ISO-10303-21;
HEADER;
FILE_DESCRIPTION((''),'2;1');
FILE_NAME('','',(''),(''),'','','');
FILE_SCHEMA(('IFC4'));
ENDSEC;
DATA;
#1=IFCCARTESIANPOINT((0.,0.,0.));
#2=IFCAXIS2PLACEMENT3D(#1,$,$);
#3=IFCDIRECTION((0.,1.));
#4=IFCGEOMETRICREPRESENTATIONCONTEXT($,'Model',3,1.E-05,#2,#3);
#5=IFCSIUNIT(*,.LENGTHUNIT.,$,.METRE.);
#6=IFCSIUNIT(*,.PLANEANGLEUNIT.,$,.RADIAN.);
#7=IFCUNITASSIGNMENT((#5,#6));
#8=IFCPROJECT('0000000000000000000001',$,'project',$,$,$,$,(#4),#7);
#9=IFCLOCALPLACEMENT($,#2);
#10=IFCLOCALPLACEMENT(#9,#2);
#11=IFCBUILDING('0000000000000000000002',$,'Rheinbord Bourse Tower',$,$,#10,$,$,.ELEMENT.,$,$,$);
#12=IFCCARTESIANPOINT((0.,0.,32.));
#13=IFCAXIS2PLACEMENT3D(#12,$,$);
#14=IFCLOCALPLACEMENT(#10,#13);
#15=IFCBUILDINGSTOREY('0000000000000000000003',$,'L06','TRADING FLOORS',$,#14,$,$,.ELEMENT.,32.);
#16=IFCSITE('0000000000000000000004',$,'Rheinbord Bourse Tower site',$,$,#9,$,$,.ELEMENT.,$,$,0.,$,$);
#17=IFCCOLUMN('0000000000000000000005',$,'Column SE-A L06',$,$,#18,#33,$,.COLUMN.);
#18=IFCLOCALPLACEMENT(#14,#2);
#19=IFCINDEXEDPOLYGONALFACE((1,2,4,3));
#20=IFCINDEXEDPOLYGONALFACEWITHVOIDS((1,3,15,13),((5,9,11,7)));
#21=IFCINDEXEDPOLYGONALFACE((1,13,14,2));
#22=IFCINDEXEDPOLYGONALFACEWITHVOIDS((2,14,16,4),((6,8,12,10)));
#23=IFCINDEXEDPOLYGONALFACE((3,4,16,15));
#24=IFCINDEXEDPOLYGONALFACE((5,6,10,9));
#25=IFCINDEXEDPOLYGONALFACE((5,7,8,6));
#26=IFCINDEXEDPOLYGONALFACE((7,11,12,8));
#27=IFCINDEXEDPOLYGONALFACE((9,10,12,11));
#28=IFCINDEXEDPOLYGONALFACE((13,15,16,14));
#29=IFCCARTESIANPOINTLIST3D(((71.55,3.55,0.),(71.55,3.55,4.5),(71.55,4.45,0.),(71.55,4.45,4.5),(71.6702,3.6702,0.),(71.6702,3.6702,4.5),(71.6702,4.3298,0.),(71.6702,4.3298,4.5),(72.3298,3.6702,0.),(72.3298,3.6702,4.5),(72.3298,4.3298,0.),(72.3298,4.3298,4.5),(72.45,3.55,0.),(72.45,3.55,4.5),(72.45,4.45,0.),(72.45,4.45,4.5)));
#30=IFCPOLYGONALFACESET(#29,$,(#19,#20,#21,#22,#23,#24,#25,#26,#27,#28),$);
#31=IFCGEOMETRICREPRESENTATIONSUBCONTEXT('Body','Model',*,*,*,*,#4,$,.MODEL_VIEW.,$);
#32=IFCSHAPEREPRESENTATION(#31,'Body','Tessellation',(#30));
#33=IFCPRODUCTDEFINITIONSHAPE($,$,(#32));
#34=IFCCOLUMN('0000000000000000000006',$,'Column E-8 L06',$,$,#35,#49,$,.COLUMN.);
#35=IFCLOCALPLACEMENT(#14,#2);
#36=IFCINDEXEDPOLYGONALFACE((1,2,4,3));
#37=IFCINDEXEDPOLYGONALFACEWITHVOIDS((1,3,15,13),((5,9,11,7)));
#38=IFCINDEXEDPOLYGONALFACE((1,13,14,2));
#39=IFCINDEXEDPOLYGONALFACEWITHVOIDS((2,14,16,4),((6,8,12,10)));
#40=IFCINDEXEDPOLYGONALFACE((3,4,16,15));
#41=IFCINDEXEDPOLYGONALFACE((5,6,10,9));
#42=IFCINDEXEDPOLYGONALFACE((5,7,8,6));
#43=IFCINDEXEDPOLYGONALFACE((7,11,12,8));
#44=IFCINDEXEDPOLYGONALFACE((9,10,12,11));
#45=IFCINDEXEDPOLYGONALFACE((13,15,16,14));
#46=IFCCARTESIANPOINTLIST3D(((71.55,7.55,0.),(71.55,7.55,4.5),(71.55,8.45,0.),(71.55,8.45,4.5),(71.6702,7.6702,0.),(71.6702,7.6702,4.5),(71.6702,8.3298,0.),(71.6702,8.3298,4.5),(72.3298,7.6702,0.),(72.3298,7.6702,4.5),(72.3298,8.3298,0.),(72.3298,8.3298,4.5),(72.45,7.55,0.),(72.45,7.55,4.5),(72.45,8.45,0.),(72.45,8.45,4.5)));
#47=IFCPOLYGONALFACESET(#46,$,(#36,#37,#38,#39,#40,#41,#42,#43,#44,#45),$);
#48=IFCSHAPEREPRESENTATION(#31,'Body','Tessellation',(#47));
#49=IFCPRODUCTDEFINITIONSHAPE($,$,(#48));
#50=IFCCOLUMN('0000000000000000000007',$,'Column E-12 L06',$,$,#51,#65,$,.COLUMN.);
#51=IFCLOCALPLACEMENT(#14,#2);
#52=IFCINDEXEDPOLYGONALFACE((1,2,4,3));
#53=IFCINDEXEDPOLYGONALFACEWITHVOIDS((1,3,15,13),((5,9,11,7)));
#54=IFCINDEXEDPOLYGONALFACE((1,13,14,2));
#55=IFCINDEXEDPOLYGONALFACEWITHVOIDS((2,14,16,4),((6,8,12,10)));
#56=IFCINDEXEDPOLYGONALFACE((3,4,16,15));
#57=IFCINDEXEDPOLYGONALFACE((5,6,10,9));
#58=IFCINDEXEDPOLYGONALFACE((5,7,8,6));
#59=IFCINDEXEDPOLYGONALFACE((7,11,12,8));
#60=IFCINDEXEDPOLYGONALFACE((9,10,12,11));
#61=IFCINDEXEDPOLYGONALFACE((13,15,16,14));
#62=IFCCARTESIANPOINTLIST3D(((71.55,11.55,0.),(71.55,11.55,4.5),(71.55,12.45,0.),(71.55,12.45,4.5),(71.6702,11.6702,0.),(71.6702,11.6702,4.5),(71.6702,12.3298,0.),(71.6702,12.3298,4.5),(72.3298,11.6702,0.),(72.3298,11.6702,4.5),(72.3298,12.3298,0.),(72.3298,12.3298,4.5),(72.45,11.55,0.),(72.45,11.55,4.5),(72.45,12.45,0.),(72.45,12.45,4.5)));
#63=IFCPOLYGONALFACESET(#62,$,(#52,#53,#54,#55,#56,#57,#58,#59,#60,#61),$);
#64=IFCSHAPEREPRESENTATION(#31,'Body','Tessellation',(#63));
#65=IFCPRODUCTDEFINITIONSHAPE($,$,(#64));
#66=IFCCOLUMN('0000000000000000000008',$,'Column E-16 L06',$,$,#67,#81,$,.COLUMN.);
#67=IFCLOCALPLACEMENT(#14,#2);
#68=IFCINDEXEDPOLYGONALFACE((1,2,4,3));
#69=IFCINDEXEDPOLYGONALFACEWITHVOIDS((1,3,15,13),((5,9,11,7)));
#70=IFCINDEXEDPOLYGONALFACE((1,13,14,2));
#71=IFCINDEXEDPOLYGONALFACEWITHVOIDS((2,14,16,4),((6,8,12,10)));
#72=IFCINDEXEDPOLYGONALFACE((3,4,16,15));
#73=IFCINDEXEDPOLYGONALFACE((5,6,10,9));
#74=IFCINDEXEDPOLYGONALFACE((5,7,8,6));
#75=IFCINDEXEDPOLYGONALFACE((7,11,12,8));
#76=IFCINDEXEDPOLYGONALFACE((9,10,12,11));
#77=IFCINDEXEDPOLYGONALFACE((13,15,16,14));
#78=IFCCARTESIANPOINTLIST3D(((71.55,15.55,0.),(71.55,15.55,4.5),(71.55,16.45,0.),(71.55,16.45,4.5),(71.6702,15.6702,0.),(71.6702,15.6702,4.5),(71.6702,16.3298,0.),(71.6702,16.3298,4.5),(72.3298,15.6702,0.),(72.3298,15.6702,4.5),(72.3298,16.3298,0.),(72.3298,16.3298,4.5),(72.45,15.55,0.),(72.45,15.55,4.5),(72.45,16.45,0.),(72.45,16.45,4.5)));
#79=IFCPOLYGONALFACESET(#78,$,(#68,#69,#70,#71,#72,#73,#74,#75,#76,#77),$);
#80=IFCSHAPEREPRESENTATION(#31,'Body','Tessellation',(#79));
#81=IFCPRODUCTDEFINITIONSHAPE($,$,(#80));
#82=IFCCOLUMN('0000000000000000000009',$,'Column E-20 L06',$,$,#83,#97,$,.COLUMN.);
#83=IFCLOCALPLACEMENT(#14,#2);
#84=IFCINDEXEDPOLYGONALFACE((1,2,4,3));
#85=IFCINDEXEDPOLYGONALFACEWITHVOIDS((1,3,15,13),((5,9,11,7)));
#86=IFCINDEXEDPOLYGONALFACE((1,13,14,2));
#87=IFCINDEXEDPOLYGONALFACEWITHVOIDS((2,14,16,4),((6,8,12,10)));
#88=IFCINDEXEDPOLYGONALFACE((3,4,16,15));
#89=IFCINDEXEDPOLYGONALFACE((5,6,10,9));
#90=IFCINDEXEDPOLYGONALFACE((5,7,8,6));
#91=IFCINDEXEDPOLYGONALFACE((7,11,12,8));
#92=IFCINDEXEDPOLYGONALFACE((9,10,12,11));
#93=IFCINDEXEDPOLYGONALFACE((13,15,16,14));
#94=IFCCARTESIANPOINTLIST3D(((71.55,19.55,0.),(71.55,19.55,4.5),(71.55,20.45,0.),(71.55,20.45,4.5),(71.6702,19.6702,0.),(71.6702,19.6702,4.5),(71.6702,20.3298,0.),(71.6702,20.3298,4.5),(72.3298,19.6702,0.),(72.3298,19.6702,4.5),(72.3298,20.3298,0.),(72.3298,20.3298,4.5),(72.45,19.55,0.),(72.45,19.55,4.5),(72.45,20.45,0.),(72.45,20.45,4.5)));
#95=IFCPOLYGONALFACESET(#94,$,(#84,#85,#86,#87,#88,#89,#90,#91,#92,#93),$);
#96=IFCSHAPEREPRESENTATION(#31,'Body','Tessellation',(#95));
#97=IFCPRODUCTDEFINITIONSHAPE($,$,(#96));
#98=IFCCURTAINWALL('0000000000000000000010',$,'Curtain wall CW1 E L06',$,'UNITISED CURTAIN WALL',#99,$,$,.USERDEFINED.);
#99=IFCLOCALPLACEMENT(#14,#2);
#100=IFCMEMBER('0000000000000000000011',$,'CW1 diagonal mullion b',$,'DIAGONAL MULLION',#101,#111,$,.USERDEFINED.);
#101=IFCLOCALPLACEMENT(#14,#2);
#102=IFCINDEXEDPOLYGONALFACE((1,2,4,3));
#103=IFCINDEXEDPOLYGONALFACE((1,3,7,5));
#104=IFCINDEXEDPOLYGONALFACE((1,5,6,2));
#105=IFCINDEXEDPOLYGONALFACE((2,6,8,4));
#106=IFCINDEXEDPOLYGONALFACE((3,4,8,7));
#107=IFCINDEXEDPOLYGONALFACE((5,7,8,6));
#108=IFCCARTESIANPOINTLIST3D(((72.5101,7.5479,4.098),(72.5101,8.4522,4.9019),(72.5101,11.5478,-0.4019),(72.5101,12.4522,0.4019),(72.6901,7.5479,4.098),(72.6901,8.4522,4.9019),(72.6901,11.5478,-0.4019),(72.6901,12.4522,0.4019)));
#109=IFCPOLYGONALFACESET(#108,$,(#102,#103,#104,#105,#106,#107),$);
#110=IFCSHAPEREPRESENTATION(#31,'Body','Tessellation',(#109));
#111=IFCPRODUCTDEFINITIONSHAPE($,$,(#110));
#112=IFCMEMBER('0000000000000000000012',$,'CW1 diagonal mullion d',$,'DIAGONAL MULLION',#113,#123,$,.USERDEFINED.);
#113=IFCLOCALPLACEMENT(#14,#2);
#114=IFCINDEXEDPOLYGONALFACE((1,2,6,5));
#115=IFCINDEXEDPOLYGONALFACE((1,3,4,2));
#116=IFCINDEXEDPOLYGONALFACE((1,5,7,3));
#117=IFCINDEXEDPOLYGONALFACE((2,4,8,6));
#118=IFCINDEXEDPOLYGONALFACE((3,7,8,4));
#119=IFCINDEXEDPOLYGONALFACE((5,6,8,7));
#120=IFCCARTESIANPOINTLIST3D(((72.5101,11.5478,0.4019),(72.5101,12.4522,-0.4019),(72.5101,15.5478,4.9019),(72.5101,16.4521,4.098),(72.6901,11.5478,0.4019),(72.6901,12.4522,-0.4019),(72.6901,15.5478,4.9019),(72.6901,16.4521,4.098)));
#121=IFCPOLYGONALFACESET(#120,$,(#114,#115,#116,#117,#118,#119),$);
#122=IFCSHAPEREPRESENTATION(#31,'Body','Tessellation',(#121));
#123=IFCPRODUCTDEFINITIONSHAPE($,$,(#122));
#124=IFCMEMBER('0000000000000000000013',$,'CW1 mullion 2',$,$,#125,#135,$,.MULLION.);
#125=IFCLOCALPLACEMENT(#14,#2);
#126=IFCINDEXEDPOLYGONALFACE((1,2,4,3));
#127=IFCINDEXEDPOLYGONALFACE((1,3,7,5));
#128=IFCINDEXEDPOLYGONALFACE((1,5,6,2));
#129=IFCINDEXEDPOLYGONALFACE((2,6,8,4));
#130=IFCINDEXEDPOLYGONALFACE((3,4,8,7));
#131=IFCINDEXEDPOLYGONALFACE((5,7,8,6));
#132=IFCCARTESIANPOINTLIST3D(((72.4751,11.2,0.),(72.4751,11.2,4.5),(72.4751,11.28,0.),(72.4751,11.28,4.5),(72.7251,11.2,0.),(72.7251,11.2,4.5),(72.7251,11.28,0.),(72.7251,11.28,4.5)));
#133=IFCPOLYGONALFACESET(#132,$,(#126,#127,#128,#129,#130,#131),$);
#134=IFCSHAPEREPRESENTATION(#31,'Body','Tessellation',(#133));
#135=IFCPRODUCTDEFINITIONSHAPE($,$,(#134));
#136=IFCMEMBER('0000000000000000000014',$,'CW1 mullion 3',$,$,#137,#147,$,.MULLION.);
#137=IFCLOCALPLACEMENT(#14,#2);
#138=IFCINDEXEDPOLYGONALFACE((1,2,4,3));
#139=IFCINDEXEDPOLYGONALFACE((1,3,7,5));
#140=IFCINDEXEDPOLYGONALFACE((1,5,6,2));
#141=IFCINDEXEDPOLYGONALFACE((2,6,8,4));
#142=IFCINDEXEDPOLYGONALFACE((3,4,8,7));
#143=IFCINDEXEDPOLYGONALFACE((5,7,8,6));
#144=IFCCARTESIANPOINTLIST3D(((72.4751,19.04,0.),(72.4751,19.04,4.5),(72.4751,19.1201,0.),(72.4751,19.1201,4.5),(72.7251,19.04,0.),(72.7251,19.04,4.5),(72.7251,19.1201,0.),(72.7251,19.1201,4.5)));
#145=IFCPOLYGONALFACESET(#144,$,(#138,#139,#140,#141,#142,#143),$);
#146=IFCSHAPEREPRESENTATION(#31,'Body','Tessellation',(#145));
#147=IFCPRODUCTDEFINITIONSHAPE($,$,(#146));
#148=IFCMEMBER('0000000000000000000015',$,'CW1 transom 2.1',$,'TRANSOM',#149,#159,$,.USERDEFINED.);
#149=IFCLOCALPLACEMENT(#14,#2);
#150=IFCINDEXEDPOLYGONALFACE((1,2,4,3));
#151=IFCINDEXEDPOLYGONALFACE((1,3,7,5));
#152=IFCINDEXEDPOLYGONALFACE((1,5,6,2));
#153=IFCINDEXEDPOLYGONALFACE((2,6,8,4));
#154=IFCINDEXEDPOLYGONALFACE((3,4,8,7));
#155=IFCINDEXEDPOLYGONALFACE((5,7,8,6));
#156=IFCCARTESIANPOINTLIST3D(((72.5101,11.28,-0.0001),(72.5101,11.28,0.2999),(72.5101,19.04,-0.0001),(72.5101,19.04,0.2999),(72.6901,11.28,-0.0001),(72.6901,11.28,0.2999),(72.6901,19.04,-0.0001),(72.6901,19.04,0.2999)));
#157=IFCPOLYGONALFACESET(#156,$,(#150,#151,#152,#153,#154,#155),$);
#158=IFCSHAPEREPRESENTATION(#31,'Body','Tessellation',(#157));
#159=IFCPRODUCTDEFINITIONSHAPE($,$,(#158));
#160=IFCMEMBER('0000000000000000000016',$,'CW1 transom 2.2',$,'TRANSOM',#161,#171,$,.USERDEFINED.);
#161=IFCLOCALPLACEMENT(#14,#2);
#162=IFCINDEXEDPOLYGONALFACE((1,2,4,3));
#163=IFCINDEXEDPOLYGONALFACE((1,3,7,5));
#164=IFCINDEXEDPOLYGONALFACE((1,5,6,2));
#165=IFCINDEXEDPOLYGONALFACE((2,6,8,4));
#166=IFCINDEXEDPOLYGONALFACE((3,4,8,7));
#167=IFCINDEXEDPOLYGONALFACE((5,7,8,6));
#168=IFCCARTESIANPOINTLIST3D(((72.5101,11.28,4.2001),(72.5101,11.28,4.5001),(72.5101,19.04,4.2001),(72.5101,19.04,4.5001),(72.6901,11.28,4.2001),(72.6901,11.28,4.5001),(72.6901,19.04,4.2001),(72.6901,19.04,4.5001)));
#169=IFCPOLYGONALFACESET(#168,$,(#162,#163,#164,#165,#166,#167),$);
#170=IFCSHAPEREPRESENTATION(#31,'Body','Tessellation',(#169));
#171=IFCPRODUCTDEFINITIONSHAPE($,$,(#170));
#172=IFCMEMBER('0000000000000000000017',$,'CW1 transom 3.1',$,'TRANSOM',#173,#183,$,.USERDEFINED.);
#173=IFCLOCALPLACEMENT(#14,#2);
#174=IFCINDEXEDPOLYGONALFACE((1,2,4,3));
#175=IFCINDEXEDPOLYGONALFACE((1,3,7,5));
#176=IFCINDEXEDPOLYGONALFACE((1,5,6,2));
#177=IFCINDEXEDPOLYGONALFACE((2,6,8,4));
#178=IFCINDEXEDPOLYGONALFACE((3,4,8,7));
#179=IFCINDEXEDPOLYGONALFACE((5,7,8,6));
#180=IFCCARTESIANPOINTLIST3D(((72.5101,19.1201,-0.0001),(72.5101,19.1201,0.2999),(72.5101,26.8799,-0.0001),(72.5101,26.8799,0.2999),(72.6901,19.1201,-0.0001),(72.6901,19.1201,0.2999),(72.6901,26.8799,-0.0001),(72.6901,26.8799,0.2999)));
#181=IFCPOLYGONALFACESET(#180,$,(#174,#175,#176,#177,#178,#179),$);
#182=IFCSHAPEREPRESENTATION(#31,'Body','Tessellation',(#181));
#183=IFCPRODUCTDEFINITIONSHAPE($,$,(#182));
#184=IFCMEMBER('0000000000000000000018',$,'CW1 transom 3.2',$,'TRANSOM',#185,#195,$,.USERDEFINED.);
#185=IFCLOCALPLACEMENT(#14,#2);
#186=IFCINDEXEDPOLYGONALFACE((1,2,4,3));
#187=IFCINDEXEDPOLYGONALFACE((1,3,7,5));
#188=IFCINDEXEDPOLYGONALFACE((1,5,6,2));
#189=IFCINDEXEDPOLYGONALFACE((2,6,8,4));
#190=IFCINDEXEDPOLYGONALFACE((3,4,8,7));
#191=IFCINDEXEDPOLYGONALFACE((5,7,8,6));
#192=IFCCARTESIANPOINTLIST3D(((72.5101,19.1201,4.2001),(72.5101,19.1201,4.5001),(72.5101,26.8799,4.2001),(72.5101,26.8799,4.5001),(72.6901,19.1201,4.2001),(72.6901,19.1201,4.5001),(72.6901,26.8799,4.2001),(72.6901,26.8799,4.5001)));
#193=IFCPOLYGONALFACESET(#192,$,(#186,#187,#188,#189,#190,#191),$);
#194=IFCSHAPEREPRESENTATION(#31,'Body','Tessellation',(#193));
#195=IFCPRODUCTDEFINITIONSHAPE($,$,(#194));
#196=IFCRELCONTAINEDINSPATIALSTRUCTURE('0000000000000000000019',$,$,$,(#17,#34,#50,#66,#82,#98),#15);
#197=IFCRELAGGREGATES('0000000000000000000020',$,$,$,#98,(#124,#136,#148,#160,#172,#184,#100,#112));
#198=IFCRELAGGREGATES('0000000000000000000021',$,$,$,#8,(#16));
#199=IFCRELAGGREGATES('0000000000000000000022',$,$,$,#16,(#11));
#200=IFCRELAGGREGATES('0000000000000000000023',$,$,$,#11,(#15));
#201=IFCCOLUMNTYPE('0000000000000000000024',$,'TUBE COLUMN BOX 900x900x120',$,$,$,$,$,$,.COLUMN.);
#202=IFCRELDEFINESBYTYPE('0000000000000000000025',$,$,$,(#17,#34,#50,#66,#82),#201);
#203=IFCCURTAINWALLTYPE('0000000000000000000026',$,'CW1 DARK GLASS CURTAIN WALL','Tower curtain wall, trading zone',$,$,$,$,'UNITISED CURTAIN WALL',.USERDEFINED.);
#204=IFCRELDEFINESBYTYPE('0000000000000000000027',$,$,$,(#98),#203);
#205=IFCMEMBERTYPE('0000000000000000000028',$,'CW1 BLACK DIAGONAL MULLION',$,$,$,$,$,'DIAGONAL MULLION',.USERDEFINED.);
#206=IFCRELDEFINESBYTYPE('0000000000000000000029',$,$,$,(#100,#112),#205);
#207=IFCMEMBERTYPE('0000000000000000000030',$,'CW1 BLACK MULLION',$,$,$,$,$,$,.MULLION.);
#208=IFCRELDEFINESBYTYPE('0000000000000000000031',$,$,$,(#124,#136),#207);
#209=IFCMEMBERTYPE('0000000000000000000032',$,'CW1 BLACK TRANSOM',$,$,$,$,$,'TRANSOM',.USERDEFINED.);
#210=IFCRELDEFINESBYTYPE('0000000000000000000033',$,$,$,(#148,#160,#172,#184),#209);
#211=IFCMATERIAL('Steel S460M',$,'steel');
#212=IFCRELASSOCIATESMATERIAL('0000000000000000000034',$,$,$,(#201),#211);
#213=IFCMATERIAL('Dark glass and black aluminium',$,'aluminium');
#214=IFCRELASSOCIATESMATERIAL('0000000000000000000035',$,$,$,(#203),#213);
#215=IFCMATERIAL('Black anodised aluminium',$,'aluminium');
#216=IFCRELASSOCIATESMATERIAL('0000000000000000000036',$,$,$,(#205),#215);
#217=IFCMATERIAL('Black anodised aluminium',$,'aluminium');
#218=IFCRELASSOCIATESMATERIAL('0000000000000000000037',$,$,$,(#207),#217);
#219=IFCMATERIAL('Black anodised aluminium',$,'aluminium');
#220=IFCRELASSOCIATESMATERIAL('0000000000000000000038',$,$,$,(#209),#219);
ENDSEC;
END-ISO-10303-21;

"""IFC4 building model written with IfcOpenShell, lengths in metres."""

from ifc_helpers import new_model, si_unit, direction, frame, origin, origin_2d, place, context, subcontext, project, spatial, rectangle, hollow_rectangle, extrude, material, material_profile, profile_set, type_object, element, aggregate, save


model = new_model("IFC4")

# Units and contexts
model_context = context("Model", 3, precision=1e-05, world=origin(), true_north=direction((0.0, 1.0)))
body_context = subcontext(model_context, "Body", "Model", "MODEL_VIEW")
ifc_project = project(units=[si_unit("LENGTHUNIT", "METRE"), si_unit("PLANEANGLEUNIT", "RADIAN")], contexts=[model_context])

# Site, building, storey
site_placement = place(None, origin())
site = spatial("IfcSite", under=ifc_project, at=site_placement, Name="Rheinbord Bourse Tower site", CompositionType="ELEMENT", RefElevation=0.0)
building_placement = place(site_placement, origin())
building = spatial("IfcBuilding", under=site, at=building_placement, Name="Rheinbord Bourse Tower", CompositionType="ELEMENT")
storey_placement = place(building_placement, frame((0.0, 0.0, 32.0)))
storey = spatial("IfcBuildingStorey", under=building, at=storey_placement, Name="L06", Description="TRADING FLOORS", CompositionType="ELEMENT", Elevation=32.0)

# Columns
ifc_material_1 = material(Name="Steel S460M", Category="steel")
ifc_material_profile_1 = material_profile(ifc_material_1, hollow_rectangle(XDim=0.8999, YDim=0.8999, WallThickness=0.1201, at=origin_2d()), Name="BOX 900x900x120")
ifc_profile_set_1 = profile_set([ifc_material_profile_1], Name="Steel S460M")
column_type = type_object("IfcColumnType", Name="TUBE COLUMN BOX 900x900x120", PredefinedType="COLUMN", material=ifc_profile_set_1)
for number, where, z_axis, x_axis, name in (
    (1, (72.0, 4.0, 0.0), (0.0, 0.0, 1.0), (1.0, 0.0, 0.0), "Column SE-A L06"),
    (2, (72.0, 8.0, 0.0), (0.0, 0.0, 1.0), (1.0, 0.0, 0.0), "Column E-8 L06"),
    (3, (72.0, 12.0, 0.0), (0.0, 0.0, 1.0), (1.0, 0.0, 0.0), "Column E-12 L06"),
    (4, (72.0, 16.0, 0.0), (0.0, 0.0, 1.0), (1.0, 0.0, 0.0), "Column E-16 L06"),
    (5, (72.0, 20.0, 0.0), (0.0, 0.0, 1.0), (1.0, 0.0, 0.0), "Column E-20 L06"),
):
    element("IfcColumn", number, at=place(storey_placement, frame(where, z_axis=z_axis, x_axis=x_axis)), inside=storey, type_object=column_type, Name=name, PredefinedType="COLUMN", context=body_context, shape_type="SweptSolid", body=[
        extrude(hollow_rectangle(XDim=0.8999, YDim=0.8999, WallThickness=0.1201, at=origin_2d()), origin(), (0.0, 0.0, 1.0), 4.5),
    ])

# Curtain wall, members
ifc_material_2 = material(Name="Dark glass and black aluminium", Category="aluminium")
curtain_wall_type = type_object("IfcCurtainWallType", Name="CW1 DARK GLASS CURTAIN WALL", Description="Tower curtain wall, trading zone", ElementType="UNITISED CURTAIN WALL", PredefinedType="USERDEFINED", material=ifc_material_2)
curtain_wall_placement = place(storey_placement, origin())
curtain_wall = element("IfcCurtainWall", 6, at=curtain_wall_placement, inside=storey, type_object=curtain_wall_type, Name="Curtain wall CW1 E L06", ObjectType="UNITISED CURTAIN WALL", PredefinedType="USERDEFINED")
ifc_material_3 = material(Name="Black anodised aluminium", Category="aluminium")
ifc_material_profile_2 = material_profile(ifc_material_3, rectangle(XDim=0.1799, YDim=1.21, at=origin_2d()), Name="CW1 DIAGONAL MULLION 1210x180")
ifc_profile_set_2 = profile_set([ifc_material_profile_2], Name="Black anodised aluminium")
member_type_1 = type_object("IfcMemberType", Name="CW1 BLACK DIAGONAL MULLION", ElementType="DIAGONAL MULLION", PredefinedType="USERDEFINED", material=ifc_profile_set_2)
member_1_placement = place(storey_placement, frame((72.6001, 12.0, 0.0), z_axis=(0.0, -0.664364, 0.747409), x_axis=(1.0, 0.0, 0.0)))
member_1 = element("IfcMember", 7, at=member_1_placement, type_object=member_type_1, Name="CW1 diagonal mullion b", ObjectType="DIAGONAL MULLION", PredefinedType="USERDEFINED", context=body_context, shape_type="SweptSolid", body=[
    extrude(rectangle(XDim=0.1799, YDim=1.21, at=origin_2d()), origin(), (0.0, 0.0, 1.0), 6.0208),
])
member_2_placement = place(storey_placement, frame((72.6001, 12.0, 0.0), z_axis=(0.0, 0.664364, 0.747409), x_axis=(-1.0, 0.0, 0.0)))
member_2 = element("IfcMember", 8, at=member_2_placement, type_object=member_type_1, Name="CW1 diagonal mullion d", ObjectType="DIAGONAL MULLION", PredefinedType="USERDEFINED", context=body_context, shape_type="SweptSolid", body=[
    extrude(rectangle(XDim=0.1799, YDim=1.21, at=origin_2d()), origin(), (0.0, 0.0, 1.0), 6.0208),
])
ifc_material_4 = material(Name="Black anodised aluminium", Category="aluminium")
ifc_material_profile_3 = material_profile(ifc_material_4, rectangle(XDim=0.25, YDim=0.0801, at=origin_2d()), Name="CW1 MULLION 80x250")
ifc_profile_set_3 = profile_set([ifc_material_profile_3], Name="Black anodised aluminium")
member_type_2 = type_object("IfcMemberType", Name="CW1 BLACK MULLION", PredefinedType="MULLION", material=ifc_profile_set_3)
member_3_placement = place(storey_placement, frame((72.6001, 11.24, 0.0), z_axis=(0.0, 0.0, 1.0), x_axis=(-1.0, 0.0, 0.0)))
member_3 = element("IfcMember", 9, at=member_3_placement, type_object=member_type_2, Name="CW1 mullion 2", PredefinedType="MULLION", context=body_context, shape_type="SweptSolid", body=[
    extrude(rectangle(XDim=0.25, YDim=0.0801, at=origin_2d()), origin(), (0.0, 0.0, 1.0), 4.5),
])
member_4_placement = place(storey_placement, frame((72.6001, 19.0801, 0.0), z_axis=(0.0, 0.0, 1.0), x_axis=(-1.0, 0.0, 0.0)))
member_4 = element("IfcMember", 10, at=member_4_placement, type_object=member_type_2, Name="CW1 mullion 3", PredefinedType="MULLION", context=body_context, shape_type="SweptSolid", body=[
    extrude(rectangle(XDim=0.25, YDim=0.0801, at=origin_2d()), origin(), (0.0, 0.0, 1.0), 4.5),
])
ifc_material_5 = material(Name="Black anodised aluminium", Category="aluminium")
ifc_material_profile_4 = material_profile(ifc_material_5, rectangle(XDim=0.1799, YDim=0.3, at=origin_2d()), Name="CW1 TRANSOM 300x180")
ifc_profile_set_4 = profile_set([ifc_material_profile_4], Name="Black anodised aluminium")
member_type_3 = type_object("IfcMemberType", Name="CW1 BLACK TRANSOM", ElementType="TRANSOM", PredefinedType="USERDEFINED", material=ifc_profile_set_4)
member_5_placement = place(storey_placement, frame((72.6001, 11.28, 0.1499), z_axis=(0.0, 1.0, 0.0), x_axis=(-1.0, 0.0, 0.0)))
member_5 = element("IfcMember", 11, at=member_5_placement, type_object=member_type_3, Name="CW1 transom 2.1", ObjectType="TRANSOM", PredefinedType="USERDEFINED", context=body_context, shape_type="SweptSolid", body=[
    extrude(rectangle(XDim=0.1799, YDim=0.3, at=origin_2d()), origin(), (0.0, 0.0, 1.0), 7.76),
])
member_6_placement = place(storey_placement, frame((72.6001, 11.28, 4.3501), z_axis=(0.0, 1.0, 0.0), x_axis=(-1.0, 0.0, 0.0)))
member_6 = element("IfcMember", 12, at=member_6_placement, type_object=member_type_3, Name="CW1 transom 2.2", ObjectType="TRANSOM", PredefinedType="USERDEFINED", context=body_context, shape_type="SweptSolid", body=[
    extrude(rectangle(XDim=0.1799, YDim=0.3, at=origin_2d()), origin(), (0.0, 0.0, 1.0), 7.76),
])
member_7_placement = place(storey_placement, frame((72.6001, 19.1201, 0.1499), z_axis=(0.0, 1.0, 0.0), x_axis=(-1.0, 0.0, 0.0)))
member_7 = element("IfcMember", 13, at=member_7_placement, type_object=member_type_3, Name="CW1 transom 3.1", ObjectType="TRANSOM", PredefinedType="USERDEFINED", context=body_context, shape_type="SweptSolid", body=[
    extrude(rectangle(XDim=0.1799, YDim=0.3, at=origin_2d()), origin(), (0.0, 0.0, 1.0), 7.7598),
])
member_8_placement = place(storey_placement, frame((72.6001, 19.1201, 4.3501), z_axis=(0.0, 1.0, 0.0), x_axis=(-1.0, 0.0, 0.0)))
member_8 = element("IfcMember", 14, at=member_8_placement, type_object=member_type_3, Name="CW1 transom 3.2", ObjectType="TRANSOM", PredefinedType="USERDEFINED", context=body_context, shape_type="SweptSolid", body=[
    extrude(rectangle(XDim=0.1799, YDim=0.3, at=origin_2d()), origin(), (0.0, 0.0, 1.0), 7.7598),
])

aggregate(curtain_wall, [member_3, member_4, member_5, member_6, member_7, member_8, member_1, member_2])

save(model, "model.ifc")
